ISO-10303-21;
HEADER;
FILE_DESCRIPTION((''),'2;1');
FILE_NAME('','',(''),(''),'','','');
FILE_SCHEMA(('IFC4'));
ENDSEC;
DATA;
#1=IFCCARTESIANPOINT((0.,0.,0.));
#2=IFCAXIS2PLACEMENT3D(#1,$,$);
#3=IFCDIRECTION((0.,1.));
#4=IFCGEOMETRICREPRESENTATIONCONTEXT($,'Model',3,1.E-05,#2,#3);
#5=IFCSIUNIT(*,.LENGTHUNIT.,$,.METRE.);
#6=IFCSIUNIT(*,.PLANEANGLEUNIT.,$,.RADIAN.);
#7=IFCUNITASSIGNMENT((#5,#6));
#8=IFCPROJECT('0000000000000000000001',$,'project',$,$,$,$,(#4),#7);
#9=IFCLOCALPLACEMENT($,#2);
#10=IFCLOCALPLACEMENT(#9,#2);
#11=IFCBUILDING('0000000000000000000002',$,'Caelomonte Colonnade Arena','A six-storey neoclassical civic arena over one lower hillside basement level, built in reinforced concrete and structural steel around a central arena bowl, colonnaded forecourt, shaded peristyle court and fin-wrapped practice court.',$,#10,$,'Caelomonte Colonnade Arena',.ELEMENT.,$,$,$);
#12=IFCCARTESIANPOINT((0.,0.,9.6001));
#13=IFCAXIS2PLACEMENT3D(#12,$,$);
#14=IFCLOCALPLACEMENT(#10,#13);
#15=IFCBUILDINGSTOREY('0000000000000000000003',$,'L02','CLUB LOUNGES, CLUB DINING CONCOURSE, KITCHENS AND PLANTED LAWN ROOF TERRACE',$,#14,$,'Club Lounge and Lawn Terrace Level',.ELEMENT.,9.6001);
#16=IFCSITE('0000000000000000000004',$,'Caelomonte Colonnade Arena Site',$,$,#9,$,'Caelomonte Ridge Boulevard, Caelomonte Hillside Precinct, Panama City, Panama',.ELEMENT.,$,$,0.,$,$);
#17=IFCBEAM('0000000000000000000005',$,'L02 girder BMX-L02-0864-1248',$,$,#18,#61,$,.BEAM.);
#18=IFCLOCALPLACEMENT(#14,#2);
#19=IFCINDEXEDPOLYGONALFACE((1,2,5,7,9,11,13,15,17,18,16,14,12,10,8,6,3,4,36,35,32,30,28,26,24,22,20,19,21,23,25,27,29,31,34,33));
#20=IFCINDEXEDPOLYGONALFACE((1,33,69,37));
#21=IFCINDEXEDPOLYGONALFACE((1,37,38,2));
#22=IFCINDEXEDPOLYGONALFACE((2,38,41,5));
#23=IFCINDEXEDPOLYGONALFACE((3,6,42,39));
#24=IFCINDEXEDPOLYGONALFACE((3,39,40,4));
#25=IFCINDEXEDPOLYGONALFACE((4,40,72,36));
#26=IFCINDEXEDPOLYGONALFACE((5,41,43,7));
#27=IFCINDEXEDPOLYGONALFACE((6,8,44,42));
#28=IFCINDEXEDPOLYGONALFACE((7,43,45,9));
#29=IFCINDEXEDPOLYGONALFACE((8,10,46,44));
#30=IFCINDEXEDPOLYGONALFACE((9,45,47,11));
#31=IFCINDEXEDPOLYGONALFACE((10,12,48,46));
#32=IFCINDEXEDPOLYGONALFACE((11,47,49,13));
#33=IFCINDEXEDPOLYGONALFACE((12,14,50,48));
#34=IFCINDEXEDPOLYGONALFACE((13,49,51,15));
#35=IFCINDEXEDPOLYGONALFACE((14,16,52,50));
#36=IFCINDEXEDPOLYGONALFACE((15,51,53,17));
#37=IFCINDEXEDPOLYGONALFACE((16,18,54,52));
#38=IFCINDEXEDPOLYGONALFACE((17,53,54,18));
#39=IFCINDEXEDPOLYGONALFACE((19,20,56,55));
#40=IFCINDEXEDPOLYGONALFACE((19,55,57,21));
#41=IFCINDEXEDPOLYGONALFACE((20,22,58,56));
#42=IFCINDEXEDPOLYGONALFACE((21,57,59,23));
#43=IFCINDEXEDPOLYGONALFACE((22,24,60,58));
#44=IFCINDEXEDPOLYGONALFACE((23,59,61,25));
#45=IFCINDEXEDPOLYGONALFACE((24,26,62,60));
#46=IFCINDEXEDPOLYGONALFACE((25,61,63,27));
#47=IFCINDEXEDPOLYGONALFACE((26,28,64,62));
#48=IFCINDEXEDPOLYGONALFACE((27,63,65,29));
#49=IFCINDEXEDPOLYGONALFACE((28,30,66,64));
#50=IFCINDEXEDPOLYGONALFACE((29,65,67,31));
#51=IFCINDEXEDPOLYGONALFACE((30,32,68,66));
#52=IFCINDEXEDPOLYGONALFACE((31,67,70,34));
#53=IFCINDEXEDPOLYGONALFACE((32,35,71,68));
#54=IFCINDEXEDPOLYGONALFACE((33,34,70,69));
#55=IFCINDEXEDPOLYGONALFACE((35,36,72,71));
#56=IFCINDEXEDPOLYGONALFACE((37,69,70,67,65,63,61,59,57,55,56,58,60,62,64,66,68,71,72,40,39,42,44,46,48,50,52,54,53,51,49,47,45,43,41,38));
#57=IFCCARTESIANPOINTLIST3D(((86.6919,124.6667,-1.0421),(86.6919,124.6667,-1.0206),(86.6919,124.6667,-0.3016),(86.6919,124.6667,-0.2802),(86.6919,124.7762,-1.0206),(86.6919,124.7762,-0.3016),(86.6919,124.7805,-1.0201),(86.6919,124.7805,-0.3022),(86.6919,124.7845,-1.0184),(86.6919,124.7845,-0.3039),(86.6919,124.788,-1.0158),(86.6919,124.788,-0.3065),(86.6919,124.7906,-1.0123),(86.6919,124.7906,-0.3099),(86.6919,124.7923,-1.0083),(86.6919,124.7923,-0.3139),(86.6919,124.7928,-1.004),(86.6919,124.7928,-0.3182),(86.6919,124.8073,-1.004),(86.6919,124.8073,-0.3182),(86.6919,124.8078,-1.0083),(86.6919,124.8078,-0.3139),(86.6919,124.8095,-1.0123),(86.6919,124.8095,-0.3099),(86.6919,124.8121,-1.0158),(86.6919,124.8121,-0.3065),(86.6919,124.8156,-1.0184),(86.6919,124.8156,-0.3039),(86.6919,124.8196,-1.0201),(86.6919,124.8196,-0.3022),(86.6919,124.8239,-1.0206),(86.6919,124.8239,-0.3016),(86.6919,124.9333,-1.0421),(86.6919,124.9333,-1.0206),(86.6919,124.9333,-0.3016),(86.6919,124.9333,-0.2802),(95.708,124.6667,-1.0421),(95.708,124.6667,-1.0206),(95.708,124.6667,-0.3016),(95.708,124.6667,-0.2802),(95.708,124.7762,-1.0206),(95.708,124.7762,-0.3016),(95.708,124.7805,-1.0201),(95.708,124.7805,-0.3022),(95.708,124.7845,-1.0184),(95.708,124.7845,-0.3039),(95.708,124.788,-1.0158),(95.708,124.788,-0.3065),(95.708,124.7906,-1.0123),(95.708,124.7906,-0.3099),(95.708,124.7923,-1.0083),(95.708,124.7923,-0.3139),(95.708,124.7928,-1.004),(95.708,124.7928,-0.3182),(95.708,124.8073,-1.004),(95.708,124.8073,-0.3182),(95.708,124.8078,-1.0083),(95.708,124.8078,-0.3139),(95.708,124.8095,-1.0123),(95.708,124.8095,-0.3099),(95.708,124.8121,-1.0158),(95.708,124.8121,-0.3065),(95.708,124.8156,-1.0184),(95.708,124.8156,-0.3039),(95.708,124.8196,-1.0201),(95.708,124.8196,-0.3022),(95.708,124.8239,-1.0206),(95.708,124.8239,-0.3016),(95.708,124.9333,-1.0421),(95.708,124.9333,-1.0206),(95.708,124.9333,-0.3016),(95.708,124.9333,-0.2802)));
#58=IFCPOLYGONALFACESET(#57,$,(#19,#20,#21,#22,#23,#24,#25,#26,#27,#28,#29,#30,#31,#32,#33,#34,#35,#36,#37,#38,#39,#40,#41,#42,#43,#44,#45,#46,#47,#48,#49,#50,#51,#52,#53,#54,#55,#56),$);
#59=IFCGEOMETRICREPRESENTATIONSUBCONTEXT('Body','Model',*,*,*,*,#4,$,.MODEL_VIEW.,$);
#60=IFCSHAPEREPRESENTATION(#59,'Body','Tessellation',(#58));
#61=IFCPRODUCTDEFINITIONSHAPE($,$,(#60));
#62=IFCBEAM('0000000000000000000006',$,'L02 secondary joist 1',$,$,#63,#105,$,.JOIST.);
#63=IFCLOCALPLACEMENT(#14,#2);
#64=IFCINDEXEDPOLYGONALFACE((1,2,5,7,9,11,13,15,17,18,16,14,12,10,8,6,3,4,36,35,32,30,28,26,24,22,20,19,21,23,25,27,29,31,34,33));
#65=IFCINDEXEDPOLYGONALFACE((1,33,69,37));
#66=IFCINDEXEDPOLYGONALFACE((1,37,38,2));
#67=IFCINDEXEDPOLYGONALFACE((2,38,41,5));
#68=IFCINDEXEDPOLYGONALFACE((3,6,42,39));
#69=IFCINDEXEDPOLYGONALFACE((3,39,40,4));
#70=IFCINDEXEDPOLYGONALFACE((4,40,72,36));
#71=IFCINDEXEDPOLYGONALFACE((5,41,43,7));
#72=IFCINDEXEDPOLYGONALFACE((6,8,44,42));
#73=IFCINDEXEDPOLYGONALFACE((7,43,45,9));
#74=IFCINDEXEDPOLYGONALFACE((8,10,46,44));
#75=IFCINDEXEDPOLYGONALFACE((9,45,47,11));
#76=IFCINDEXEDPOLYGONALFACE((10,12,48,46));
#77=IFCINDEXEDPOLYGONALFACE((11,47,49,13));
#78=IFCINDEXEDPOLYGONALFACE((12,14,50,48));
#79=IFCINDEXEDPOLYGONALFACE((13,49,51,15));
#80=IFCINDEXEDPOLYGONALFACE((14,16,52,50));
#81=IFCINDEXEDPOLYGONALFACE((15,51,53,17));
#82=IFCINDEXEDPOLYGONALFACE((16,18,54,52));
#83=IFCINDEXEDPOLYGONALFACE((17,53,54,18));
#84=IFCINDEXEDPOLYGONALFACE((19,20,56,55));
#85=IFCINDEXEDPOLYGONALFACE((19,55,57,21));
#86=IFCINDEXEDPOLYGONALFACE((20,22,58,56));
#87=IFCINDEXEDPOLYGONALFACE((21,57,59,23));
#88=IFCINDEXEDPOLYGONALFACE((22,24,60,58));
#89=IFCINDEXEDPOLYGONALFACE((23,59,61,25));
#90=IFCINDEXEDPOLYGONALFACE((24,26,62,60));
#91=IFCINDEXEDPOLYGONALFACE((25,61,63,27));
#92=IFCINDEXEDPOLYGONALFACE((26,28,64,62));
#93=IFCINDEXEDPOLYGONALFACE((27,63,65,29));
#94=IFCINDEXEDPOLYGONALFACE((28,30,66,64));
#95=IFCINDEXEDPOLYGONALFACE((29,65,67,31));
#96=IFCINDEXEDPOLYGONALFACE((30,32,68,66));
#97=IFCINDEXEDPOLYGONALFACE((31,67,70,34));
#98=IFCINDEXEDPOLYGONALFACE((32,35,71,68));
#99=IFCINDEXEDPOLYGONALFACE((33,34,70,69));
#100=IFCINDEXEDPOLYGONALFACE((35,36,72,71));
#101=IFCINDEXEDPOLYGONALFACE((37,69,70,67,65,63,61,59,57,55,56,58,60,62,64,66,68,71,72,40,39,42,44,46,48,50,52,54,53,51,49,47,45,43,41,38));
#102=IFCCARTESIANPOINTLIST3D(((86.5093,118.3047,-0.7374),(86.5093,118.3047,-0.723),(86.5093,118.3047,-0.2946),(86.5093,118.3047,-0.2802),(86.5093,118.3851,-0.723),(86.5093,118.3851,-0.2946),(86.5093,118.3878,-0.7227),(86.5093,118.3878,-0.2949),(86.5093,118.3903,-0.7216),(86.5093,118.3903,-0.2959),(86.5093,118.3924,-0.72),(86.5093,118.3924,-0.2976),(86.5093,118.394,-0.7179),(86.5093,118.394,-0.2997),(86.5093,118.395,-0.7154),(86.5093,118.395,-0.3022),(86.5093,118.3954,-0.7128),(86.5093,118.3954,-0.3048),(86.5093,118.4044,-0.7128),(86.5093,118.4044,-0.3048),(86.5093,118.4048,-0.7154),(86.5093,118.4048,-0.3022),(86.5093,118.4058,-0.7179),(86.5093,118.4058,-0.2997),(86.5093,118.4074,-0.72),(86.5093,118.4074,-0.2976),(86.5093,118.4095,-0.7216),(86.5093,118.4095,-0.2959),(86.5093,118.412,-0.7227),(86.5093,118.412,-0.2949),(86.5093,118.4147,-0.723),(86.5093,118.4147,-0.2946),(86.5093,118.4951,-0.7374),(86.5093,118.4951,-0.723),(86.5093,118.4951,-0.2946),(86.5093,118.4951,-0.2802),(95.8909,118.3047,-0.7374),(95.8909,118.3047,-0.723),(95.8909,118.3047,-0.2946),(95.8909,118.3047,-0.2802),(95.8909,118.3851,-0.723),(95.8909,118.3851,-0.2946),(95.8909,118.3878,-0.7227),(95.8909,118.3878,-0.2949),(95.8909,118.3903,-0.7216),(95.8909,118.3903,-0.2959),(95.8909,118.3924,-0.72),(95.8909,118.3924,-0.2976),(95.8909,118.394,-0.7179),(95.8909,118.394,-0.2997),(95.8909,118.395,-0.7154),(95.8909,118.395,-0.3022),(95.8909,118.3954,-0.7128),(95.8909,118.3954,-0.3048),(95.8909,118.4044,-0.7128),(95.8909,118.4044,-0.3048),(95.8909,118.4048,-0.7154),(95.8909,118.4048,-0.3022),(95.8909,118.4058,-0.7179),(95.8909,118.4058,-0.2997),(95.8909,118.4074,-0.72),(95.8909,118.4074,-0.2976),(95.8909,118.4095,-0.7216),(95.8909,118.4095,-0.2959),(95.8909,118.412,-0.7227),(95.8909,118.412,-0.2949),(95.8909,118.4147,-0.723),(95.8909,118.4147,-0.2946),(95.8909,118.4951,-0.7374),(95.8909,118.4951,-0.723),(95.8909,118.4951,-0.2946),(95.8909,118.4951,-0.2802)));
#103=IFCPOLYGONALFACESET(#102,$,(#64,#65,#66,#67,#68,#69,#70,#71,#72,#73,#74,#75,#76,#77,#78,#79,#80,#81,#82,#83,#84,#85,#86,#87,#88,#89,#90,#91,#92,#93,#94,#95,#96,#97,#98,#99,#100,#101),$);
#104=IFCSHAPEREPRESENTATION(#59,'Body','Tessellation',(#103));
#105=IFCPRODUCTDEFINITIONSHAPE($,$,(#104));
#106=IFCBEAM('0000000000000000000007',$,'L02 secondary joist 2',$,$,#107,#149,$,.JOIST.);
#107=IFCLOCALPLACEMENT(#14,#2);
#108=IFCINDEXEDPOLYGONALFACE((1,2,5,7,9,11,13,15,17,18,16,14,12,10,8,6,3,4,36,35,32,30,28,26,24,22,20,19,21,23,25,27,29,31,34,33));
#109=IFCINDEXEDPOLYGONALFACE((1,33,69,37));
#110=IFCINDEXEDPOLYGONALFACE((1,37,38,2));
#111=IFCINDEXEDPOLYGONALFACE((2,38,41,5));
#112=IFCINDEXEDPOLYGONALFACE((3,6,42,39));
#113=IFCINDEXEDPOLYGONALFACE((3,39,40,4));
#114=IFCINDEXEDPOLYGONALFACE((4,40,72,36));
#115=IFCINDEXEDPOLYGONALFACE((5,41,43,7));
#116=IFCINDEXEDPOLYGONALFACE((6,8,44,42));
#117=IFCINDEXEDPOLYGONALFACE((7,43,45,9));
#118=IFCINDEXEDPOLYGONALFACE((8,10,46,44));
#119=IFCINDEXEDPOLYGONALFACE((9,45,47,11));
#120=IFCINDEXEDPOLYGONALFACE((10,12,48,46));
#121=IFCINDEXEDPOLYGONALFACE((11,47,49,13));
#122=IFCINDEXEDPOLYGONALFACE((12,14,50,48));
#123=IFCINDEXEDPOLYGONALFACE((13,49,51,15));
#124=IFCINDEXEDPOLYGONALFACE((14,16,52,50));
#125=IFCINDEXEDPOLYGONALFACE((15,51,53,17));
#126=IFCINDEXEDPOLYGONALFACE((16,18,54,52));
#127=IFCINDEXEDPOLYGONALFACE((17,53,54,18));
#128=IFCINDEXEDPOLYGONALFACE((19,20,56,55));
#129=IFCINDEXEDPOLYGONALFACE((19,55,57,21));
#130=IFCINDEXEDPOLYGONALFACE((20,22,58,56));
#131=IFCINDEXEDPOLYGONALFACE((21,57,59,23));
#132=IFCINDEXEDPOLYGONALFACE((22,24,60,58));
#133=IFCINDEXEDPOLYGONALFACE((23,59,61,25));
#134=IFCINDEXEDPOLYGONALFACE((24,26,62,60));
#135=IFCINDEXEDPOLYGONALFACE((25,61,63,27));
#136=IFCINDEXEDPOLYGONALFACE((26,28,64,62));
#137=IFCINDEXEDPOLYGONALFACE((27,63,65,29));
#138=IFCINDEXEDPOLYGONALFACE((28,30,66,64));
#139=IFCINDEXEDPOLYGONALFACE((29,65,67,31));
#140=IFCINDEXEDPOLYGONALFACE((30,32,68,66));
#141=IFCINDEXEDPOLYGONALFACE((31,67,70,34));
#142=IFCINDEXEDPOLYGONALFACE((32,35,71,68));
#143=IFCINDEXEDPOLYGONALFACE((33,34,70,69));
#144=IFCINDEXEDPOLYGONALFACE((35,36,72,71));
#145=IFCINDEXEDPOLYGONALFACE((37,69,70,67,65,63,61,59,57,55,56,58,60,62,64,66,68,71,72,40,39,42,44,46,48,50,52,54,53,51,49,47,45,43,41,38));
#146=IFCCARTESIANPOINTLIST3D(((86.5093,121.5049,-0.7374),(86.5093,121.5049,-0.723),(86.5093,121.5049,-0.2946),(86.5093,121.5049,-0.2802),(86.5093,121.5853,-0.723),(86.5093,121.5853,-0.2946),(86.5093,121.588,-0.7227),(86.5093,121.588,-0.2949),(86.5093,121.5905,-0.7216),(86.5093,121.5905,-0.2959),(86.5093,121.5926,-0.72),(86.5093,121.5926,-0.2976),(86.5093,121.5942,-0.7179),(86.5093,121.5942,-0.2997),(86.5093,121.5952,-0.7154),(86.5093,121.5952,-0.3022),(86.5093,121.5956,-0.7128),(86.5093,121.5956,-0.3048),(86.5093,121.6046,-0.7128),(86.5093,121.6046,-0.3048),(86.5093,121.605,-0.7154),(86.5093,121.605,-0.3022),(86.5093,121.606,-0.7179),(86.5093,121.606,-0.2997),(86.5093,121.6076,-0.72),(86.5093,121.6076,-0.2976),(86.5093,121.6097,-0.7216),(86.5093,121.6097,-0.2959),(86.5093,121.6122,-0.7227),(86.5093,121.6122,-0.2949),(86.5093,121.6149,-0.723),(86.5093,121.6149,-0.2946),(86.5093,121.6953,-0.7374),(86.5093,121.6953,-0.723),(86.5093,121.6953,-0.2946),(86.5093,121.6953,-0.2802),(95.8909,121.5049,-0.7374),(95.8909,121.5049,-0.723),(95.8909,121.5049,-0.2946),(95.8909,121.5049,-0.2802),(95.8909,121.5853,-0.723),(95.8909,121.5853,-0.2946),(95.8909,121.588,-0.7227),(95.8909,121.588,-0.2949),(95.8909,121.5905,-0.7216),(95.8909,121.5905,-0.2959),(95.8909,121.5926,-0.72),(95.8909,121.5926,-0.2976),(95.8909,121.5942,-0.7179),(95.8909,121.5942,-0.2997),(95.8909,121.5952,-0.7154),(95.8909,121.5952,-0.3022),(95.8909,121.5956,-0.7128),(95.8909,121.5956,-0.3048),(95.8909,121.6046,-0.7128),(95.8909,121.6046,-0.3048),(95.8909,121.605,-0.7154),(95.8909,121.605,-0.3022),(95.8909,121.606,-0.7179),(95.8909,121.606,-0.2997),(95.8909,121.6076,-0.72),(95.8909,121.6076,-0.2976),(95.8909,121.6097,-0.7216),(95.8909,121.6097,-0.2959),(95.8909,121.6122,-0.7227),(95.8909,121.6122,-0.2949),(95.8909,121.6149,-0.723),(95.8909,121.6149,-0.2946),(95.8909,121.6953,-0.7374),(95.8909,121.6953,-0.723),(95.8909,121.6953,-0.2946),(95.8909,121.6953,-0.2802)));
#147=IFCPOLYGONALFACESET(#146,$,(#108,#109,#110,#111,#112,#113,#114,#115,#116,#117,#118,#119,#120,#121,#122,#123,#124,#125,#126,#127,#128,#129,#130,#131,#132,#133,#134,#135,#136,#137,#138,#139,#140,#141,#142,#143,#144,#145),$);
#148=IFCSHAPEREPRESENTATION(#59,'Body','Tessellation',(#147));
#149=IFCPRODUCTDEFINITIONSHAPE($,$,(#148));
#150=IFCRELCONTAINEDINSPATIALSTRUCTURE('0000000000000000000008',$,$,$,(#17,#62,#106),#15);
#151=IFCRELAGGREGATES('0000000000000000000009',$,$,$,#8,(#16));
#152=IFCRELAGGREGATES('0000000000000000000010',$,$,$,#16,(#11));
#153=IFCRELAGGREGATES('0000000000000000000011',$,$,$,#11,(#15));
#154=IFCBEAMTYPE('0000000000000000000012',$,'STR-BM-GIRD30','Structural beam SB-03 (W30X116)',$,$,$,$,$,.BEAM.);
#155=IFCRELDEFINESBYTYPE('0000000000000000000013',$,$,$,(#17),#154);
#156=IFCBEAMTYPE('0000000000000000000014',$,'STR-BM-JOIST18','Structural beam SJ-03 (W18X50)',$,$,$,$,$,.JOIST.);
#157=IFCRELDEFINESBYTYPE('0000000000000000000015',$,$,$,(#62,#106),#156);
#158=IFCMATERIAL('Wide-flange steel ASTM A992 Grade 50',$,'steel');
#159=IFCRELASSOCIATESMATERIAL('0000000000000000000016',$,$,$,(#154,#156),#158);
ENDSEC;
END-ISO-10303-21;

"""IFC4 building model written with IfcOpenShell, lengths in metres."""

from ifc_helpers import new_model, si_unit, direction, frame, origin, origin_2d, place, context, subcontext, project, spatial, i_section, extrude, material, material_profile, profile_set, type_object, element, save


model = new_model("IFC4")

# Units and contexts
model_context = context("Model", 3, precision=1e-05, world=origin(), true_north=direction((0.0, 1.0)))
body_context = subcontext(model_context, "Body", "Model", "MODEL_VIEW")
ifc_project = project(units=[si_unit("LENGTHUNIT", "METRE"), si_unit("PLANEANGLEUNIT", "RADIAN")], contexts=[model_context])

# Site, building, storey
site_placement = place(None, origin())
site = spatial("IfcSite", under=ifc_project, at=site_placement, Name="Caelomonte Colonnade Arena Site", LongName="Caelomonte Ridge Boulevard, Caelomonte Hillside Precinct, Panama City, Panama", CompositionType="ELEMENT", RefElevation=0.0)
building_placement = place(site_placement, origin())
building = spatial("IfcBuilding", under=site, at=building_placement, Name="Caelomonte Colonnade Arena", Description="A six-storey neoclassical civic arena over one lower hillside basement level, built in reinforced concrete and structural steel around a central arena bowl, colonnaded forecourt, shaded peristyle court and fin-wrapped practice court.", LongName="Caelomonte Colonnade Arena", CompositionType="ELEMENT")
storey_placement = place(building_placement, frame((0.0, 0.0, 9.6001)))
storey = spatial("IfcBuildingStorey", under=building, at=storey_placement, Name="L02", Description="CLUB LOUNGES, CLUB DINING CONCOURSE, KITCHENS AND PLANTED LAWN ROOF TERRACE", LongName="Club Lounge and Lawn Terrace Level", CompositionType="ELEMENT", Elevation=9.6001)

# Shared definitions
ifc_material_1 = material(Name="Wide-flange steel ASTM A992 Grade 50", Category="steel")

# Beams
ifc_material_profile_1 = material_profile(ifc_material_1, i_section(OverallWidth=0.2666, OverallDepth=0.762, WebThickness=0.0144, FlangeThickness=0.0215, FilletRadius=0.0166, at=origin_2d()), Name="W30X116")
ifc_profile_set_1 = profile_set([ifc_material_profile_1], Name="Wide-flange steel ASTM A992 Grade 50")
beam_type_1 = type_object("IfcBeamType", Name="STR-BM-GIRD30", Description="Structural beam SB-03 (W30X116)", PredefinedType="BEAM", material=ifc_profile_set_1)
beam_1_placement = place(storey_placement, frame((86.6919, 124.8, -0.6611), z_axis=(1.0, 0.0, 0.0), x_axis=(0.0, 1.0, 0.0)))
element("IfcBeam", 1, at=beam_1_placement, inside=storey, type_object=beam_type_1, Name="L02 girder BMX-L02-0864-1248", PredefinedType="BEAM", context=body_context, shape_type="SweptSolid", body=[
    extrude(i_section(OverallWidth=0.2666, OverallDepth=0.762, WebThickness=0.0144, FlangeThickness=0.0215, FilletRadius=0.0166, at=origin_2d()), origin(), (0.0, 0.0, 1.0), 9.0161),
])
ifc_material_profile_2 = material_profile(ifc_material_1, i_section(OverallWidth=0.1904, OverallDepth=0.4573, WebThickness=0.009, FlangeThickness=0.0144, FilletRadius=0.0103, at=origin_2d()), Name="W18X50")
ifc_profile_set_2 = profile_set([ifc_material_profile_2], Name="Wide-flange steel ASTM A992 Grade 50")
beam_type_2 = type_object("IfcBeamType", Name="STR-BM-JOIST18", Description="Structural beam SJ-03 (W18X50)", PredefinedType="JOIST", material=ifc_profile_set_2)
for number, where, z_axis, x_axis, name in (
    (2, (86.5093, 118.3999, -0.5088), (1.0, 0.0, 0.0), (0.0, 1.0, 0.0), "L02 secondary joist 1"),
    (3, (86.5093, 121.6001, -0.5088), (1.0, 0.0, 0.0), (0.0, 1.0, 0.0), "L02 secondary joist 2"),
):
    element("IfcBeam", number, at=place(storey_placement, frame(where, z_axis=z_axis, x_axis=x_axis)), inside=storey, type_object=beam_type_2, Name=name, PredefinedType="JOIST", context=body_context, shape_type="SweptSolid", body=[
        extrude(i_section(OverallWidth=0.1904, OverallDepth=0.4573, WebThickness=0.009, FlangeThickness=0.0144, FilletRadius=0.0103, at=origin_2d()), origin(), (0.0, 0.0, 1.0), 9.3816),
    ])

save(model, "model.ifc")
